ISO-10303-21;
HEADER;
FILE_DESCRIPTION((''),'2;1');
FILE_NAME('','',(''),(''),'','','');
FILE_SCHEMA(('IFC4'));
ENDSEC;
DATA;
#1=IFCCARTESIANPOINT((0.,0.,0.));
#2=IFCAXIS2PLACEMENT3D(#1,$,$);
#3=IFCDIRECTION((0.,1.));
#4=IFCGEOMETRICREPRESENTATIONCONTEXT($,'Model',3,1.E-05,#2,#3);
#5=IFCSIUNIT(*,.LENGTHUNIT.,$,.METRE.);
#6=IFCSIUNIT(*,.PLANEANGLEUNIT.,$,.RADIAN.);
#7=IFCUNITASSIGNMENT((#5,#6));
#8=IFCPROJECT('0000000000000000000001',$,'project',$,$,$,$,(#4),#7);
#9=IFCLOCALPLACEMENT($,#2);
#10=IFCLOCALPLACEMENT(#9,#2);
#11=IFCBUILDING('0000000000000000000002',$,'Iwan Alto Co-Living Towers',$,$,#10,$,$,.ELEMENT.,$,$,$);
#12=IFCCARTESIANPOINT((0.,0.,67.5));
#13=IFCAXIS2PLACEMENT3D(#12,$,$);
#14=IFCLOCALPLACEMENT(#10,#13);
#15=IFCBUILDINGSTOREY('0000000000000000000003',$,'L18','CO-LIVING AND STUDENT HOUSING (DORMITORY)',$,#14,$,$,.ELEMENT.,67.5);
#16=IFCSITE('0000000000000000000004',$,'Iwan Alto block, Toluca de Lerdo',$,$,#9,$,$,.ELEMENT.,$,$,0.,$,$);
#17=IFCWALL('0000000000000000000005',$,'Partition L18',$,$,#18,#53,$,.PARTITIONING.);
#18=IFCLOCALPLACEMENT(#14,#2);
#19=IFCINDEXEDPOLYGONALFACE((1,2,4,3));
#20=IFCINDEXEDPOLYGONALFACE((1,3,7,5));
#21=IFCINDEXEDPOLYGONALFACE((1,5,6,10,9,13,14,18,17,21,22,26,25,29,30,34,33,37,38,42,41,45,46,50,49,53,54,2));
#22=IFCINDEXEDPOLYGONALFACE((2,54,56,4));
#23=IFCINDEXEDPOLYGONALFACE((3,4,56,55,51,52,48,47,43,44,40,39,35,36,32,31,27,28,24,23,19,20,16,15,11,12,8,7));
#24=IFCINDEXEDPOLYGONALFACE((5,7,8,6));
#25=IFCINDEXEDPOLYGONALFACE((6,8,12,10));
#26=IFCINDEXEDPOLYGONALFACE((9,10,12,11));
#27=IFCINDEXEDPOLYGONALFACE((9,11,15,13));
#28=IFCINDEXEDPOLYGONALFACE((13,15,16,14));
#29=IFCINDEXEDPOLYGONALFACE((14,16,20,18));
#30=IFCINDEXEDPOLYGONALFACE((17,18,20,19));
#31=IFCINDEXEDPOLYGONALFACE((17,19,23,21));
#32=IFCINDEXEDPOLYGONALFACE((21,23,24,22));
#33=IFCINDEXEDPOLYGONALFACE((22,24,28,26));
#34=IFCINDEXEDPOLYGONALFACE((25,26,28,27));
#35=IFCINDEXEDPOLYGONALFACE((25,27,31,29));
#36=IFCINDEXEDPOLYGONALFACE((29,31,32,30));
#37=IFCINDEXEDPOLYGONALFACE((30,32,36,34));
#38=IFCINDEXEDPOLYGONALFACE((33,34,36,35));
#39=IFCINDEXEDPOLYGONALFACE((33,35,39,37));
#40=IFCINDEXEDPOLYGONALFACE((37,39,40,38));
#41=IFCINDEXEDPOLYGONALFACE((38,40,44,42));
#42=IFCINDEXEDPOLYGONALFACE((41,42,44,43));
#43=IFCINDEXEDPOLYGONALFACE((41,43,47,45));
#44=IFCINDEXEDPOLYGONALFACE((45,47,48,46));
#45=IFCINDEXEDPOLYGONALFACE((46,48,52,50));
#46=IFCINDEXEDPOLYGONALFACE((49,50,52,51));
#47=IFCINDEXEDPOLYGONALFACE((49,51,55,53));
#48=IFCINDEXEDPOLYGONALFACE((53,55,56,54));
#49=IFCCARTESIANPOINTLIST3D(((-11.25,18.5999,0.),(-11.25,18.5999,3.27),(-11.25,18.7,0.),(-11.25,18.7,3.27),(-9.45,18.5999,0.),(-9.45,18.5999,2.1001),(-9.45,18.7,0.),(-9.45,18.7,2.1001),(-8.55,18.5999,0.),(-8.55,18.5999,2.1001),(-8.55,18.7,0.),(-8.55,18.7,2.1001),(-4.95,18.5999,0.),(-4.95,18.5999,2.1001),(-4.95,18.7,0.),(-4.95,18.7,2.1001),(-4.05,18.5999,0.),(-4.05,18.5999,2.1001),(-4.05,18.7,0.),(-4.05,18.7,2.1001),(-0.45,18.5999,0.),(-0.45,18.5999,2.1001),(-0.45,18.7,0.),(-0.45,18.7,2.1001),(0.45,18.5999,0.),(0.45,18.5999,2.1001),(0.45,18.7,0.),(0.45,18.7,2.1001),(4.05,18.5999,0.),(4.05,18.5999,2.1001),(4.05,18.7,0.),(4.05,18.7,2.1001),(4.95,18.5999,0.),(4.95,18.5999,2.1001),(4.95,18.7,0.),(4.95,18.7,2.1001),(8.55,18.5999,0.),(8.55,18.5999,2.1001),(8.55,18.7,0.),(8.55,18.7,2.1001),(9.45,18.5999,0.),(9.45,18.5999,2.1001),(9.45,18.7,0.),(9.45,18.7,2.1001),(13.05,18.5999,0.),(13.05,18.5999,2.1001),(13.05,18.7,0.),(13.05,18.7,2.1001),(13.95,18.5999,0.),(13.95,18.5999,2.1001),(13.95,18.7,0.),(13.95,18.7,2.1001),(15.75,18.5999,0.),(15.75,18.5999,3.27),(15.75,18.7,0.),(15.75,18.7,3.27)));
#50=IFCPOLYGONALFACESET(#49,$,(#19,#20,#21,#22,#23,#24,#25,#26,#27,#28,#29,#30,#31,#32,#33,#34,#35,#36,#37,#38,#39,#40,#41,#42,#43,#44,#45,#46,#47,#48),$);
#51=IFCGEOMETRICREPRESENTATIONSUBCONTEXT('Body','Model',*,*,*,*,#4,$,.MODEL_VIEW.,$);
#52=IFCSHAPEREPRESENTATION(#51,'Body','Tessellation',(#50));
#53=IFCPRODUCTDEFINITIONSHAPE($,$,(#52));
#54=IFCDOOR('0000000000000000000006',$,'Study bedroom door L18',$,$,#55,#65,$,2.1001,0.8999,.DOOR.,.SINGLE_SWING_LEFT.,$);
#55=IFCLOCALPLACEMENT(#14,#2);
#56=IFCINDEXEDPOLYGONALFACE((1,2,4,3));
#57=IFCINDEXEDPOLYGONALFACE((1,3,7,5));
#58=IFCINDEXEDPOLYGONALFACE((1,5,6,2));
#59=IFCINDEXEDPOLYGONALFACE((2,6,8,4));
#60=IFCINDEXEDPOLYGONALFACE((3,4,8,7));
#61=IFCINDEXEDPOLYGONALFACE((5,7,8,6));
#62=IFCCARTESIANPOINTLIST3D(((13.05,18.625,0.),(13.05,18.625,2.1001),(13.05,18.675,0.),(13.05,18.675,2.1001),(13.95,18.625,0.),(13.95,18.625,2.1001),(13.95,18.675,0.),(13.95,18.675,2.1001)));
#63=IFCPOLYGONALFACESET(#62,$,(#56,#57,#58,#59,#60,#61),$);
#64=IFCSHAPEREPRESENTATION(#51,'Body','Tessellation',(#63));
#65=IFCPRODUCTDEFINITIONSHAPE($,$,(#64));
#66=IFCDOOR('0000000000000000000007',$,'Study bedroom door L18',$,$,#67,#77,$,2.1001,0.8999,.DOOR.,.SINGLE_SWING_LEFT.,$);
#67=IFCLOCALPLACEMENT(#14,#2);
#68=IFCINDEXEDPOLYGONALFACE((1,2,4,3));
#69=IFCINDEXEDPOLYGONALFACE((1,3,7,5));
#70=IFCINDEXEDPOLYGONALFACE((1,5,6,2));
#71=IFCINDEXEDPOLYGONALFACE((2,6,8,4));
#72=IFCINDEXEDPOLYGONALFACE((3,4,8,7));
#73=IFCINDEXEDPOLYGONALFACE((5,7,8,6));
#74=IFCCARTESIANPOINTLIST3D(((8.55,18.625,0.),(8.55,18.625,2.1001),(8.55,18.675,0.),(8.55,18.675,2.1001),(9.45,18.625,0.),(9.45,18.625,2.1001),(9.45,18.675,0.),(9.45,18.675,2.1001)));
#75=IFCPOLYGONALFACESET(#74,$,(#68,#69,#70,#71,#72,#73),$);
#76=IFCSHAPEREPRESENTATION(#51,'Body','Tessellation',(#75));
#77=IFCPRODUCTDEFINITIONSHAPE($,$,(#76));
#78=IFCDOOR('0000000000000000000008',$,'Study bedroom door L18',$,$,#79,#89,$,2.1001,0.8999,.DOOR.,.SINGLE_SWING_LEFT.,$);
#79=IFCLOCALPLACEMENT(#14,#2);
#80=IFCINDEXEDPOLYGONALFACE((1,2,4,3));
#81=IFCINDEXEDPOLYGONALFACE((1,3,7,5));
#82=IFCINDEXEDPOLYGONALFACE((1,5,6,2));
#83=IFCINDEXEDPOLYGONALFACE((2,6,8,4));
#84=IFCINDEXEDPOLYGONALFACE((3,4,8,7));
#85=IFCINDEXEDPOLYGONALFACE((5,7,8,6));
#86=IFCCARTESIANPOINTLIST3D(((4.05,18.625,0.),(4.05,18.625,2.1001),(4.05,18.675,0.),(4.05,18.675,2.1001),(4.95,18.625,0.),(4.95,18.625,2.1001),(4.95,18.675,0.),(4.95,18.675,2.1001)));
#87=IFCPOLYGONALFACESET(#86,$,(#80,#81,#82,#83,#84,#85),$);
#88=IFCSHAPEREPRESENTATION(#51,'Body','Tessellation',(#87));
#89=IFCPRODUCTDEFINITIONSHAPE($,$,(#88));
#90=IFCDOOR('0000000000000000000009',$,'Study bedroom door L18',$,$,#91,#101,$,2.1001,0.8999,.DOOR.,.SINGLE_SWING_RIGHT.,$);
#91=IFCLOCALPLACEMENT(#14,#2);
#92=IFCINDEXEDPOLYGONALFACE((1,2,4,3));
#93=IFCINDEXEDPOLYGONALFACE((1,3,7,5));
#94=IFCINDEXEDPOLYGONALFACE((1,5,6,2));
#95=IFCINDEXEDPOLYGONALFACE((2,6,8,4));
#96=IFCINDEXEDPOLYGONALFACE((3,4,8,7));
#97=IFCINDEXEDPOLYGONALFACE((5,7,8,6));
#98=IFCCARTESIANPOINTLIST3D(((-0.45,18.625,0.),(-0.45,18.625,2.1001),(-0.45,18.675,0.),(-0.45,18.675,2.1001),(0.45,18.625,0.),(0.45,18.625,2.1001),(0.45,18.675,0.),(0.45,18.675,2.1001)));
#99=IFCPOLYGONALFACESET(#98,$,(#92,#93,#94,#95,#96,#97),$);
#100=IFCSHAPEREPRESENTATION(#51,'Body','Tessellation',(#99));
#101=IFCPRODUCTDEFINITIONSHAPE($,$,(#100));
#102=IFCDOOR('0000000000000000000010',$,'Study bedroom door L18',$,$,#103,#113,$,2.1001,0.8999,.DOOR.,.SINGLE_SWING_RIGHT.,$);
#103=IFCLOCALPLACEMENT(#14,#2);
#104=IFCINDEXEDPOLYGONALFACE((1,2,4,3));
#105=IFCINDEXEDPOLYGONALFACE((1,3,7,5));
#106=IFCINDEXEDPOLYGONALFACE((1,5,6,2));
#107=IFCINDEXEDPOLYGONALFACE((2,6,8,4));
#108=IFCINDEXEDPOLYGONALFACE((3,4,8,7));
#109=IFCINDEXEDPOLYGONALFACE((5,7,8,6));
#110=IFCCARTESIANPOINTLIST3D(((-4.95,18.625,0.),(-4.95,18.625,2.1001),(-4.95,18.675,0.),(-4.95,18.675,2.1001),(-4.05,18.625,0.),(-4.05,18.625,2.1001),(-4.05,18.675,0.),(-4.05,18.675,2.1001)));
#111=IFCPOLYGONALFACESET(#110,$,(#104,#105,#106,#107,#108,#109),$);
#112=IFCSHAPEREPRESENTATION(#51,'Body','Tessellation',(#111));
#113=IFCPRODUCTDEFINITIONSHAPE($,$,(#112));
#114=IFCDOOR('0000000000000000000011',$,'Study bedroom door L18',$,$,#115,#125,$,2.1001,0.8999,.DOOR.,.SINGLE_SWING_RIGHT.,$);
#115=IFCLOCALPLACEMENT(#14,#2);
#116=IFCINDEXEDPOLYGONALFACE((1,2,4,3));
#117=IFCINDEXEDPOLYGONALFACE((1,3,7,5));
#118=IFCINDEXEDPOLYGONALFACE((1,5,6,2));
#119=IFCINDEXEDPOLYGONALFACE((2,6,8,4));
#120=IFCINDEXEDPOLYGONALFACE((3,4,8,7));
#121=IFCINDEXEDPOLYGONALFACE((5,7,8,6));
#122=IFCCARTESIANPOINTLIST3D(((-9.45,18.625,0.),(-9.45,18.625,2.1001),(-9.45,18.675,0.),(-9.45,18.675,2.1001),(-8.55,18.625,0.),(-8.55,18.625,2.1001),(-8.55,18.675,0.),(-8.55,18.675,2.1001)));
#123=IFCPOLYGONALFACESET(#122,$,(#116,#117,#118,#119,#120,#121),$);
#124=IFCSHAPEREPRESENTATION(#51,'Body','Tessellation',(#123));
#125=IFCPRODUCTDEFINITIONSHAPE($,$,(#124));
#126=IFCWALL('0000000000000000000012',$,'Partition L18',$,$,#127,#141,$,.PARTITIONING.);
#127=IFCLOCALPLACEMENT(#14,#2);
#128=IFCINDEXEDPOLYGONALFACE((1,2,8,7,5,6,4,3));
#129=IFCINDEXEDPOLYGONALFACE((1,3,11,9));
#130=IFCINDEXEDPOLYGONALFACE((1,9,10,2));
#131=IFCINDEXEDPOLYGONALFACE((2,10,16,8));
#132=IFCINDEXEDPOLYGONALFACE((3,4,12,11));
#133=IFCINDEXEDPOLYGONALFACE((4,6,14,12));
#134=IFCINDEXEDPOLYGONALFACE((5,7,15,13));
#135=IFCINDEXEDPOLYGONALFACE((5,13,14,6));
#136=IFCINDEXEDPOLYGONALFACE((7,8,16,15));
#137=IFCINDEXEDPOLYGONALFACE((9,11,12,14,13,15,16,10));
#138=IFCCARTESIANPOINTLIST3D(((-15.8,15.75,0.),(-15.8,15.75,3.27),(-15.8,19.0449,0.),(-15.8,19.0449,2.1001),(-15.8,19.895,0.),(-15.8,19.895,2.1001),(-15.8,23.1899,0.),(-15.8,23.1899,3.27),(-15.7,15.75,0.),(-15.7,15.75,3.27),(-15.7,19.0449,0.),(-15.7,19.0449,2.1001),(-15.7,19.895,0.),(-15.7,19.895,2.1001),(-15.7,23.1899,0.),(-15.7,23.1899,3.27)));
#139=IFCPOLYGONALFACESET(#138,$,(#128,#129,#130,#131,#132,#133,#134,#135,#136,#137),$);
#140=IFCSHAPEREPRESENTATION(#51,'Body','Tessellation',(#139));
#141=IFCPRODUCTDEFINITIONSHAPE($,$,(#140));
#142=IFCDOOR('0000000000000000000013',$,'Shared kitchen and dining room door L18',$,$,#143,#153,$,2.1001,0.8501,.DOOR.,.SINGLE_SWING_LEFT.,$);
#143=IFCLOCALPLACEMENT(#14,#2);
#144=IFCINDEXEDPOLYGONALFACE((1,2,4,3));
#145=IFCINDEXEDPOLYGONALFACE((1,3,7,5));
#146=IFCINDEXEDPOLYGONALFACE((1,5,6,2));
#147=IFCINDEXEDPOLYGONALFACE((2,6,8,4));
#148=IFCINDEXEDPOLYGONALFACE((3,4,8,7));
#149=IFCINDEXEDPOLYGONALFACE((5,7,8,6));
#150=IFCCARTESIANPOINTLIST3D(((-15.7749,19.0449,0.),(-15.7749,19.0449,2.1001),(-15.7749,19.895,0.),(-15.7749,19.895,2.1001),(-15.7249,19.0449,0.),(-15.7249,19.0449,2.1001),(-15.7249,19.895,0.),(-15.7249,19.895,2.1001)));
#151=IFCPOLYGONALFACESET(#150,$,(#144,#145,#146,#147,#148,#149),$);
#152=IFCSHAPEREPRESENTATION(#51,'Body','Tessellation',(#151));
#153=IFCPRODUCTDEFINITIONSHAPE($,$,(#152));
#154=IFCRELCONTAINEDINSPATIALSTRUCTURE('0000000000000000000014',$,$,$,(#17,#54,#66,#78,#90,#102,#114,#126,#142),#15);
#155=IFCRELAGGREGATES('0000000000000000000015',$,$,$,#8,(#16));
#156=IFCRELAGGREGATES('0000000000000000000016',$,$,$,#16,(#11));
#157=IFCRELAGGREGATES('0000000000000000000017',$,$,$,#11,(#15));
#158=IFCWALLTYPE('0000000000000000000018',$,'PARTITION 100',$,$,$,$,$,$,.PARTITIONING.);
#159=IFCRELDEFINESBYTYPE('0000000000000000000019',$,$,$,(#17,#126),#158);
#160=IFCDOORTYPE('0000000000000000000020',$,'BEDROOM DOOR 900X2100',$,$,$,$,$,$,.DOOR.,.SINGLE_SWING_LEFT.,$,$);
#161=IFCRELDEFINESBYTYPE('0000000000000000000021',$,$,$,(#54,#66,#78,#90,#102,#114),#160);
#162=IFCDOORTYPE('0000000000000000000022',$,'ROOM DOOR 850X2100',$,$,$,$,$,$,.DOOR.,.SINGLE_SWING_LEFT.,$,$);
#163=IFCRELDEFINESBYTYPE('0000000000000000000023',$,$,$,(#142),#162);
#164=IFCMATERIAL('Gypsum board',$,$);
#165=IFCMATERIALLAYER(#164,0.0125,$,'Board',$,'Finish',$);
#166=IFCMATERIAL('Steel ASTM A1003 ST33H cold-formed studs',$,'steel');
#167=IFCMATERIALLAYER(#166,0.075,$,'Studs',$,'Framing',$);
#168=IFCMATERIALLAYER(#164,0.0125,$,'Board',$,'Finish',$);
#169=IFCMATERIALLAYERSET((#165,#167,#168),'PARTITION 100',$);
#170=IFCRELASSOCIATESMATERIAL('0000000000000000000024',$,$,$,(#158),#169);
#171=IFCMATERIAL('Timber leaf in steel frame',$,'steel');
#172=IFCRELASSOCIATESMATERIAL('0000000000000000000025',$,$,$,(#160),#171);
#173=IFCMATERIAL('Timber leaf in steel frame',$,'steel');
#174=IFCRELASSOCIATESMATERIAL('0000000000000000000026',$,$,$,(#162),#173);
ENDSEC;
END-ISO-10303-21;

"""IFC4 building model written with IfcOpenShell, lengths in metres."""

from ifc_helpers import new_model, si_unit, direction, frame, frame_2d, origin, place, context, subcontext, project, spatial, rectangle, extrude, material, layer, layer_set, type_object, element, fill, save


model = new_model("IFC4")

# Units and contexts
model_context = context("Model", 3, precision=1e-05, world=origin(), true_north=direction((0.0, 1.0)))
body_context = subcontext(model_context, "Body", "Model", "MODEL_VIEW")
ifc_project = project(units=[si_unit("LENGTHUNIT", "METRE"), si_unit("PLANEANGLEUNIT", "RADIAN")], contexts=[model_context])

# Site, building, storey
site_placement = place(None, origin())
site = spatial("IfcSite", under=ifc_project, at=site_placement, Name="Iwan Alto block, Toluca de Lerdo", CompositionType="ELEMENT", RefElevation=0.0)
building_placement = place(site_placement, origin())
building = spatial("IfcBuilding", under=site, at=building_placement, Name="Iwan Alto Co-Living Towers", CompositionType="ELEMENT")
storey_placement = place(building_placement, frame((0.0, 0.0, 67.5)))
storey = spatial("IfcBuildingStorey", under=building, at=storey_placement, Name="L18", Description="CO-LIVING AND STUDENT HOUSING (DORMITORY)", CompositionType="ELEMENT", Elevation=67.5)

# Wall, openings, doors
ifc_material_1 = material(Name="Gypsum board")
ifc_layer_1 = layer(ifc_material_1, 0.0125, Name="Board", Category="Finish")
ifc_material_2 = material(Name="Steel ASTM A1003 ST33H cold-formed studs", Category="steel")
ifc_layer_2 = layer(ifc_material_2, 0.075, Name="Studs", Category="Framing")
ifc_layer_3 = layer(ifc_material_1, 0.0125, Name="Board", Category="Finish")
ifc_layer_set_1 = layer_set([ifc_layer_1, ifc_layer_2, ifc_layer_3], Name="PARTITION 100")
wall_type_1 = type_object("IfcWallType", Name="PARTITION 100", PredefinedType="PARTITIONING", material=ifc_layer_set_1)
wall_1_placement = place(storey_placement, frame((-11.25, 18.6499, 0.0), z_axis=(0.0, 0.0, 1.0), x_axis=(1.0, 0.0, 0.0)))
wall_1 = element("IfcWall", 1, at=wall_1_placement, inside=storey, type_object=wall_type_1, Name="Partition L18", PredefinedType="PARTITIONING", context=body_context, shape_type="SweptSolid", body=[
    extrude(rectangle(XDim=27.0, YDim=0.1001, at=frame_2d((13.5, 0.0))), origin(), (0.0, 0.0, 1.0), 3.27),
])
opening_1_placement = place(wall_1_placement, frame((24.3, 0.0, 0.0)))
opening_1 = element("IfcOpeningElement", 2, at=opening_1_placement, cuts=wall_1, PredefinedType="OPENING", context=body_context, shape_type="SweptSolid", body=[
    extrude(rectangle(XDim=0.8999, YDim=2.1001, at=frame_2d((0.45, 1.05))), frame((0.0, 0.0601, 0.0), z_axis=(0.0, -1.0, 0.0), x_axis=(1.0, 0.0, 0.0)), (0.0, 0.0, 1.0), 0.1201),
])
opening_2_placement = place(wall_1_placement, frame((19.8, 0.0, 0.0)))
opening_2 = element("IfcOpeningElement", 3, at=opening_2_placement, cuts=wall_1, PredefinedType="OPENING", context=body_context, shape_type="SweptSolid", body=[
    extrude(rectangle(XDim=0.8999, YDim=2.1001, at=frame_2d((0.45, 1.05))), frame((0.0, 0.0601, 0.0), z_axis=(0.0, -1.0, 0.0), x_axis=(1.0, 0.0, 0.0)), (0.0, 0.0, 1.0), 0.1201),
])
opening_3_placement = place(wall_1_placement, frame((15.3, 0.0, 0.0)))
opening_3 = element("IfcOpeningElement", 4, at=opening_3_placement, cuts=wall_1, PredefinedType="OPENING", context=body_context, shape_type="SweptSolid", body=[
    extrude(rectangle(XDim=0.8999, YDim=2.1001, at=frame_2d((0.45, 1.05))), frame((0.0, 0.0601, 0.0), z_axis=(0.0, -1.0, 0.0), x_axis=(1.0, 0.0, 0.0)), (0.0, 0.0, 1.0), 0.1201),
])
opening_4_placement = place(wall_1_placement, frame((10.8, 0.0, 0.0)))
opening_4 = element("IfcOpeningElement", 5, at=opening_4_placement, cuts=wall_1, PredefinedType="OPENING", context=body_context, shape_type="SweptSolid", body=[
    extrude(rectangle(XDim=0.8999, YDim=2.1001, at=frame_2d((0.45, 1.05))), frame((0.0, 0.0601, 0.0), z_axis=(0.0, -1.0, 0.0), x_axis=(1.0, 0.0, 0.0)), (0.0, 0.0, 1.0), 0.1201),
])
opening_5_placement = place(wall_1_placement, frame((6.3, 0.0, 0.0)))
opening_5 = element("IfcOpeningElement", 6, at=opening_5_placement, cuts=wall_1, PredefinedType="OPENING", context=body_context, shape_type="SweptSolid", body=[
    extrude(rectangle(XDim=0.8999, YDim=2.1001, at=frame_2d((0.45, 1.05))), frame((0.0, 0.0601, 0.0), z_axis=(0.0, -1.0, 0.0), x_axis=(1.0, 0.0, 0.0)), (0.0, 0.0, 1.0), 0.1201),
])
opening_6_placement = place(wall_1_placement, frame((1.8, 0.0, 0.0)))
opening_6 = element("IfcOpeningElement", 7, at=opening_6_placement, cuts=wall_1, PredefinedType="OPENING", context=body_context, shape_type="SweptSolid", body=[
    extrude(rectangle(XDim=0.8999, YDim=2.1001, at=frame_2d((0.45, 1.05))), frame((0.0, 0.0601, 0.0), z_axis=(0.0, -1.0, 0.0), x_axis=(1.0, 0.0, 0.0)), (0.0, 0.0, 1.0), 0.1201),
])
ifc_material_3 = material(Name="Timber leaf in steel frame", Category="steel")
door_type_1 = type_object("IfcDoorType", Name="BEDROOM DOOR 900X2100", OperationType="SINGLE_SWING_LEFT", PredefinedType="DOOR", material=ifc_material_3)
door_1_placement = place(opening_1_placement, frame((0.8999, 0.0, 0.0), z_axis=(0.0, 0.0, 1.0), x_axis=(-1.0, 0.0, 0.0)))
door_1 = element("IfcDoor", 8, at=door_1_placement, inside=storey, type_object=door_type_1, Name="Study bedroom door L18", OperationType="SINGLE_SWING_LEFT", OverallHeight=2.1001, OverallWidth=0.8999, PredefinedType="DOOR", context=body_context, shape_type="SweptSolid", body=[
    extrude(rectangle(XDim=0.8999, YDim=2.1001, at=frame_2d((0.45, 1.05))), frame((0.0, 0.0249, 0.0), z_axis=(0.0, -1.0, 0.0), x_axis=(1.0, 0.0, 0.0)), (0.0, 0.0, 1.0), 0.05),
])
fill(opening_1, door_1)
door_2_placement = place(opening_2_placement, frame((0.8999, 0.0, 0.0), z_axis=(0.0, 0.0, 1.0), x_axis=(-1.0, 0.0, 0.0)))
door_2 = element("IfcDoor", 9, at=door_2_placement, inside=storey, type_object=door_type_1, Name="Study bedroom door L18", OperationType="SINGLE_SWING_LEFT", OverallHeight=2.1001, OverallWidth=0.8999, PredefinedType="DOOR", context=body_context, shape_type="SweptSolid", body=[
    extrude(rectangle(XDim=0.8999, YDim=2.1001, at=frame_2d((0.45, 1.05))), frame((0.0, 0.0249, 0.0), z_axis=(0.0, -1.0, 0.0), x_axis=(1.0, 0.0, 0.0)), (0.0, 0.0, 1.0), 0.05),
])
fill(opening_2, door_2)
door_3_placement = place(opening_3_placement, frame((0.8999, 0.0, 0.0), z_axis=(0.0, 0.0, 1.0), x_axis=(-1.0, 0.0, 0.0)))
door_3 = element("IfcDoor", 10, at=door_3_placement, inside=storey, type_object=door_type_1, Name="Study bedroom door L18", OperationType="SINGLE_SWING_LEFT", OverallHeight=2.1001, OverallWidth=0.8999, PredefinedType="DOOR", context=body_context, shape_type="SweptSolid", body=[
    extrude(rectangle(XDim=0.8999, YDim=2.1001, at=frame_2d((0.45, 1.05))), frame((0.0, 0.0249, 0.0), z_axis=(0.0, -1.0, 0.0), x_axis=(1.0, 0.0, 0.0)), (0.0, 0.0, 1.0), 0.05),
])
fill(opening_3, door_3)
door_4_placement = place(opening_4_placement, frame((0.8999, 0.0, 0.0), z_axis=(0.0, 0.0, 1.0), x_axis=(-1.0, 0.0, 0.0)))
door_4 = element("IfcDoor", 11, at=door_4_placement, inside=storey, type_object=door_type_1, Name="Study bedroom door L18", OperationType="SINGLE_SWING_RIGHT", OverallHeight=2.1001, OverallWidth=0.8999, PredefinedType="DOOR", context=body_context, shape_type="SweptSolid", body=[
    extrude(rectangle(XDim=0.8999, YDim=2.1001, at=frame_2d((0.45, 1.05))), frame((0.0, 0.0249, 0.0), z_axis=(0.0, -1.0, 0.0), x_axis=(1.0, 0.0, 0.0)), (0.0, 0.0, 1.0), 0.05),
])
fill(opening_4, door_4)
door_5_placement = place(opening_5_placement, frame((0.8999, 0.0, 0.0), z_axis=(0.0, 0.0, 1.0), x_axis=(-1.0, 0.0, 0.0)))
door_5 = element("IfcDoor", 12, at=door_5_placement, inside=storey, type_object=door_type_1, Name="Study bedroom door L18", OperationType="SINGLE_SWING_RIGHT", OverallHeight=2.1001, OverallWidth=0.8999, PredefinedType="DOOR", context=body_context, shape_type="SweptSolid", body=[
    extrude(rectangle(XDim=0.8999, YDim=2.1001, at=frame_2d((0.45, 1.05))), frame((0.0, 0.0249, 0.0), z_axis=(0.0, -1.0, 0.0), x_axis=(1.0, 0.0, 0.0)), (0.0, 0.0, 1.0), 0.05),
])
fill(opening_5, door_5)
door_6_placement = place(opening_6_placement, frame((0.8999, 0.0, 0.0), z_axis=(0.0, 0.0, 1.0), x_axis=(-1.0, 0.0, 0.0)))
door_6 = element("IfcDoor", 13, at=door_6_placement, inside=storey, type_object=door_type_1, Name="Study bedroom door L18", OperationType="SINGLE_SWING_RIGHT", OverallHeight=2.1001, OverallWidth=0.8999, PredefinedType="DOOR", context=body_context, shape_type="SweptSolid", body=[
    extrude(rectangle(XDim=0.8999, YDim=2.1001, at=frame_2d((0.45, 1.05))), frame((0.0, 0.0249, 0.0), z_axis=(0.0, -1.0, 0.0), x_axis=(1.0, 0.0, 0.0)), (0.0, 0.0, 1.0), 0.05),
])
fill(opening_6, door_6)

# Wall, opening, door
wall_2_placement = place(storey_placement, frame((-15.75, 15.75, 0.0), z_axis=(0.0, 0.0, 1.0), x_axis=(0.0, 1.0, 0.0)))
wall_2 = element("IfcWall", 14, at=wall_2_placement, inside=storey, type_object=wall_type_1, Name="Partition L18", PredefinedType="PARTITIONING", context=body_context, shape_type="SweptSolid", body=[
    extrude(rectangle(XDim=7.4399, YDim=0.1001, at=frame_2d((3.72, 0.0))), origin(), (0.0, 0.0, 1.0), 3.27),
])
opening_7_placement = place(wall_2_placement, frame((3.2949, 0.0, 0.0)))
opening_7 = element("IfcOpeningElement", 15, at=opening_7_placement, cuts=wall_2, PredefinedType="OPENING", context=body_context, shape_type="SweptSolid", body=[
    extrude(rectangle(XDim=0.8501, YDim=2.1001, at=frame_2d((0.425, 1.05))), frame((0.0, 0.0601, 0.0), z_axis=(0.0, -1.0, 0.0), x_axis=(1.0, 0.0, 0.0)), (0.0, 0.0, 1.0), 0.1201),
])
ifc_material_4 = material(Name="Timber leaf in steel frame", Category="steel")
door_type_2 = type_object("IfcDoorType", Name="ROOM DOOR 850X2100", OperationType="SINGLE_SWING_LEFT", PredefinedType="DOOR", material=ifc_material_4)
door_7_placement = place(opening_7_placement, origin())
door_7 = element("IfcDoor", 16, at=door_7_placement, inside=storey, type_object=door_type_2, Name="Shared kitchen and dining room door L18", OperationType="SINGLE_SWING_LEFT", OverallHeight=2.1001, OverallWidth=0.8501, PredefinedType="DOOR", context=body_context, shape_type="SweptSolid", body=[
    extrude(rectangle(XDim=0.8501, YDim=2.1001, at=frame_2d((0.425, 1.05))), frame((0.0, 0.0249, 0.0), z_axis=(0.0, -1.0, 0.0), x_axis=(1.0, 0.0, 0.0)), (0.0, 0.0, 1.0), 0.05),
])
fill(opening_7, door_7)

save(model, "model.ifc")
